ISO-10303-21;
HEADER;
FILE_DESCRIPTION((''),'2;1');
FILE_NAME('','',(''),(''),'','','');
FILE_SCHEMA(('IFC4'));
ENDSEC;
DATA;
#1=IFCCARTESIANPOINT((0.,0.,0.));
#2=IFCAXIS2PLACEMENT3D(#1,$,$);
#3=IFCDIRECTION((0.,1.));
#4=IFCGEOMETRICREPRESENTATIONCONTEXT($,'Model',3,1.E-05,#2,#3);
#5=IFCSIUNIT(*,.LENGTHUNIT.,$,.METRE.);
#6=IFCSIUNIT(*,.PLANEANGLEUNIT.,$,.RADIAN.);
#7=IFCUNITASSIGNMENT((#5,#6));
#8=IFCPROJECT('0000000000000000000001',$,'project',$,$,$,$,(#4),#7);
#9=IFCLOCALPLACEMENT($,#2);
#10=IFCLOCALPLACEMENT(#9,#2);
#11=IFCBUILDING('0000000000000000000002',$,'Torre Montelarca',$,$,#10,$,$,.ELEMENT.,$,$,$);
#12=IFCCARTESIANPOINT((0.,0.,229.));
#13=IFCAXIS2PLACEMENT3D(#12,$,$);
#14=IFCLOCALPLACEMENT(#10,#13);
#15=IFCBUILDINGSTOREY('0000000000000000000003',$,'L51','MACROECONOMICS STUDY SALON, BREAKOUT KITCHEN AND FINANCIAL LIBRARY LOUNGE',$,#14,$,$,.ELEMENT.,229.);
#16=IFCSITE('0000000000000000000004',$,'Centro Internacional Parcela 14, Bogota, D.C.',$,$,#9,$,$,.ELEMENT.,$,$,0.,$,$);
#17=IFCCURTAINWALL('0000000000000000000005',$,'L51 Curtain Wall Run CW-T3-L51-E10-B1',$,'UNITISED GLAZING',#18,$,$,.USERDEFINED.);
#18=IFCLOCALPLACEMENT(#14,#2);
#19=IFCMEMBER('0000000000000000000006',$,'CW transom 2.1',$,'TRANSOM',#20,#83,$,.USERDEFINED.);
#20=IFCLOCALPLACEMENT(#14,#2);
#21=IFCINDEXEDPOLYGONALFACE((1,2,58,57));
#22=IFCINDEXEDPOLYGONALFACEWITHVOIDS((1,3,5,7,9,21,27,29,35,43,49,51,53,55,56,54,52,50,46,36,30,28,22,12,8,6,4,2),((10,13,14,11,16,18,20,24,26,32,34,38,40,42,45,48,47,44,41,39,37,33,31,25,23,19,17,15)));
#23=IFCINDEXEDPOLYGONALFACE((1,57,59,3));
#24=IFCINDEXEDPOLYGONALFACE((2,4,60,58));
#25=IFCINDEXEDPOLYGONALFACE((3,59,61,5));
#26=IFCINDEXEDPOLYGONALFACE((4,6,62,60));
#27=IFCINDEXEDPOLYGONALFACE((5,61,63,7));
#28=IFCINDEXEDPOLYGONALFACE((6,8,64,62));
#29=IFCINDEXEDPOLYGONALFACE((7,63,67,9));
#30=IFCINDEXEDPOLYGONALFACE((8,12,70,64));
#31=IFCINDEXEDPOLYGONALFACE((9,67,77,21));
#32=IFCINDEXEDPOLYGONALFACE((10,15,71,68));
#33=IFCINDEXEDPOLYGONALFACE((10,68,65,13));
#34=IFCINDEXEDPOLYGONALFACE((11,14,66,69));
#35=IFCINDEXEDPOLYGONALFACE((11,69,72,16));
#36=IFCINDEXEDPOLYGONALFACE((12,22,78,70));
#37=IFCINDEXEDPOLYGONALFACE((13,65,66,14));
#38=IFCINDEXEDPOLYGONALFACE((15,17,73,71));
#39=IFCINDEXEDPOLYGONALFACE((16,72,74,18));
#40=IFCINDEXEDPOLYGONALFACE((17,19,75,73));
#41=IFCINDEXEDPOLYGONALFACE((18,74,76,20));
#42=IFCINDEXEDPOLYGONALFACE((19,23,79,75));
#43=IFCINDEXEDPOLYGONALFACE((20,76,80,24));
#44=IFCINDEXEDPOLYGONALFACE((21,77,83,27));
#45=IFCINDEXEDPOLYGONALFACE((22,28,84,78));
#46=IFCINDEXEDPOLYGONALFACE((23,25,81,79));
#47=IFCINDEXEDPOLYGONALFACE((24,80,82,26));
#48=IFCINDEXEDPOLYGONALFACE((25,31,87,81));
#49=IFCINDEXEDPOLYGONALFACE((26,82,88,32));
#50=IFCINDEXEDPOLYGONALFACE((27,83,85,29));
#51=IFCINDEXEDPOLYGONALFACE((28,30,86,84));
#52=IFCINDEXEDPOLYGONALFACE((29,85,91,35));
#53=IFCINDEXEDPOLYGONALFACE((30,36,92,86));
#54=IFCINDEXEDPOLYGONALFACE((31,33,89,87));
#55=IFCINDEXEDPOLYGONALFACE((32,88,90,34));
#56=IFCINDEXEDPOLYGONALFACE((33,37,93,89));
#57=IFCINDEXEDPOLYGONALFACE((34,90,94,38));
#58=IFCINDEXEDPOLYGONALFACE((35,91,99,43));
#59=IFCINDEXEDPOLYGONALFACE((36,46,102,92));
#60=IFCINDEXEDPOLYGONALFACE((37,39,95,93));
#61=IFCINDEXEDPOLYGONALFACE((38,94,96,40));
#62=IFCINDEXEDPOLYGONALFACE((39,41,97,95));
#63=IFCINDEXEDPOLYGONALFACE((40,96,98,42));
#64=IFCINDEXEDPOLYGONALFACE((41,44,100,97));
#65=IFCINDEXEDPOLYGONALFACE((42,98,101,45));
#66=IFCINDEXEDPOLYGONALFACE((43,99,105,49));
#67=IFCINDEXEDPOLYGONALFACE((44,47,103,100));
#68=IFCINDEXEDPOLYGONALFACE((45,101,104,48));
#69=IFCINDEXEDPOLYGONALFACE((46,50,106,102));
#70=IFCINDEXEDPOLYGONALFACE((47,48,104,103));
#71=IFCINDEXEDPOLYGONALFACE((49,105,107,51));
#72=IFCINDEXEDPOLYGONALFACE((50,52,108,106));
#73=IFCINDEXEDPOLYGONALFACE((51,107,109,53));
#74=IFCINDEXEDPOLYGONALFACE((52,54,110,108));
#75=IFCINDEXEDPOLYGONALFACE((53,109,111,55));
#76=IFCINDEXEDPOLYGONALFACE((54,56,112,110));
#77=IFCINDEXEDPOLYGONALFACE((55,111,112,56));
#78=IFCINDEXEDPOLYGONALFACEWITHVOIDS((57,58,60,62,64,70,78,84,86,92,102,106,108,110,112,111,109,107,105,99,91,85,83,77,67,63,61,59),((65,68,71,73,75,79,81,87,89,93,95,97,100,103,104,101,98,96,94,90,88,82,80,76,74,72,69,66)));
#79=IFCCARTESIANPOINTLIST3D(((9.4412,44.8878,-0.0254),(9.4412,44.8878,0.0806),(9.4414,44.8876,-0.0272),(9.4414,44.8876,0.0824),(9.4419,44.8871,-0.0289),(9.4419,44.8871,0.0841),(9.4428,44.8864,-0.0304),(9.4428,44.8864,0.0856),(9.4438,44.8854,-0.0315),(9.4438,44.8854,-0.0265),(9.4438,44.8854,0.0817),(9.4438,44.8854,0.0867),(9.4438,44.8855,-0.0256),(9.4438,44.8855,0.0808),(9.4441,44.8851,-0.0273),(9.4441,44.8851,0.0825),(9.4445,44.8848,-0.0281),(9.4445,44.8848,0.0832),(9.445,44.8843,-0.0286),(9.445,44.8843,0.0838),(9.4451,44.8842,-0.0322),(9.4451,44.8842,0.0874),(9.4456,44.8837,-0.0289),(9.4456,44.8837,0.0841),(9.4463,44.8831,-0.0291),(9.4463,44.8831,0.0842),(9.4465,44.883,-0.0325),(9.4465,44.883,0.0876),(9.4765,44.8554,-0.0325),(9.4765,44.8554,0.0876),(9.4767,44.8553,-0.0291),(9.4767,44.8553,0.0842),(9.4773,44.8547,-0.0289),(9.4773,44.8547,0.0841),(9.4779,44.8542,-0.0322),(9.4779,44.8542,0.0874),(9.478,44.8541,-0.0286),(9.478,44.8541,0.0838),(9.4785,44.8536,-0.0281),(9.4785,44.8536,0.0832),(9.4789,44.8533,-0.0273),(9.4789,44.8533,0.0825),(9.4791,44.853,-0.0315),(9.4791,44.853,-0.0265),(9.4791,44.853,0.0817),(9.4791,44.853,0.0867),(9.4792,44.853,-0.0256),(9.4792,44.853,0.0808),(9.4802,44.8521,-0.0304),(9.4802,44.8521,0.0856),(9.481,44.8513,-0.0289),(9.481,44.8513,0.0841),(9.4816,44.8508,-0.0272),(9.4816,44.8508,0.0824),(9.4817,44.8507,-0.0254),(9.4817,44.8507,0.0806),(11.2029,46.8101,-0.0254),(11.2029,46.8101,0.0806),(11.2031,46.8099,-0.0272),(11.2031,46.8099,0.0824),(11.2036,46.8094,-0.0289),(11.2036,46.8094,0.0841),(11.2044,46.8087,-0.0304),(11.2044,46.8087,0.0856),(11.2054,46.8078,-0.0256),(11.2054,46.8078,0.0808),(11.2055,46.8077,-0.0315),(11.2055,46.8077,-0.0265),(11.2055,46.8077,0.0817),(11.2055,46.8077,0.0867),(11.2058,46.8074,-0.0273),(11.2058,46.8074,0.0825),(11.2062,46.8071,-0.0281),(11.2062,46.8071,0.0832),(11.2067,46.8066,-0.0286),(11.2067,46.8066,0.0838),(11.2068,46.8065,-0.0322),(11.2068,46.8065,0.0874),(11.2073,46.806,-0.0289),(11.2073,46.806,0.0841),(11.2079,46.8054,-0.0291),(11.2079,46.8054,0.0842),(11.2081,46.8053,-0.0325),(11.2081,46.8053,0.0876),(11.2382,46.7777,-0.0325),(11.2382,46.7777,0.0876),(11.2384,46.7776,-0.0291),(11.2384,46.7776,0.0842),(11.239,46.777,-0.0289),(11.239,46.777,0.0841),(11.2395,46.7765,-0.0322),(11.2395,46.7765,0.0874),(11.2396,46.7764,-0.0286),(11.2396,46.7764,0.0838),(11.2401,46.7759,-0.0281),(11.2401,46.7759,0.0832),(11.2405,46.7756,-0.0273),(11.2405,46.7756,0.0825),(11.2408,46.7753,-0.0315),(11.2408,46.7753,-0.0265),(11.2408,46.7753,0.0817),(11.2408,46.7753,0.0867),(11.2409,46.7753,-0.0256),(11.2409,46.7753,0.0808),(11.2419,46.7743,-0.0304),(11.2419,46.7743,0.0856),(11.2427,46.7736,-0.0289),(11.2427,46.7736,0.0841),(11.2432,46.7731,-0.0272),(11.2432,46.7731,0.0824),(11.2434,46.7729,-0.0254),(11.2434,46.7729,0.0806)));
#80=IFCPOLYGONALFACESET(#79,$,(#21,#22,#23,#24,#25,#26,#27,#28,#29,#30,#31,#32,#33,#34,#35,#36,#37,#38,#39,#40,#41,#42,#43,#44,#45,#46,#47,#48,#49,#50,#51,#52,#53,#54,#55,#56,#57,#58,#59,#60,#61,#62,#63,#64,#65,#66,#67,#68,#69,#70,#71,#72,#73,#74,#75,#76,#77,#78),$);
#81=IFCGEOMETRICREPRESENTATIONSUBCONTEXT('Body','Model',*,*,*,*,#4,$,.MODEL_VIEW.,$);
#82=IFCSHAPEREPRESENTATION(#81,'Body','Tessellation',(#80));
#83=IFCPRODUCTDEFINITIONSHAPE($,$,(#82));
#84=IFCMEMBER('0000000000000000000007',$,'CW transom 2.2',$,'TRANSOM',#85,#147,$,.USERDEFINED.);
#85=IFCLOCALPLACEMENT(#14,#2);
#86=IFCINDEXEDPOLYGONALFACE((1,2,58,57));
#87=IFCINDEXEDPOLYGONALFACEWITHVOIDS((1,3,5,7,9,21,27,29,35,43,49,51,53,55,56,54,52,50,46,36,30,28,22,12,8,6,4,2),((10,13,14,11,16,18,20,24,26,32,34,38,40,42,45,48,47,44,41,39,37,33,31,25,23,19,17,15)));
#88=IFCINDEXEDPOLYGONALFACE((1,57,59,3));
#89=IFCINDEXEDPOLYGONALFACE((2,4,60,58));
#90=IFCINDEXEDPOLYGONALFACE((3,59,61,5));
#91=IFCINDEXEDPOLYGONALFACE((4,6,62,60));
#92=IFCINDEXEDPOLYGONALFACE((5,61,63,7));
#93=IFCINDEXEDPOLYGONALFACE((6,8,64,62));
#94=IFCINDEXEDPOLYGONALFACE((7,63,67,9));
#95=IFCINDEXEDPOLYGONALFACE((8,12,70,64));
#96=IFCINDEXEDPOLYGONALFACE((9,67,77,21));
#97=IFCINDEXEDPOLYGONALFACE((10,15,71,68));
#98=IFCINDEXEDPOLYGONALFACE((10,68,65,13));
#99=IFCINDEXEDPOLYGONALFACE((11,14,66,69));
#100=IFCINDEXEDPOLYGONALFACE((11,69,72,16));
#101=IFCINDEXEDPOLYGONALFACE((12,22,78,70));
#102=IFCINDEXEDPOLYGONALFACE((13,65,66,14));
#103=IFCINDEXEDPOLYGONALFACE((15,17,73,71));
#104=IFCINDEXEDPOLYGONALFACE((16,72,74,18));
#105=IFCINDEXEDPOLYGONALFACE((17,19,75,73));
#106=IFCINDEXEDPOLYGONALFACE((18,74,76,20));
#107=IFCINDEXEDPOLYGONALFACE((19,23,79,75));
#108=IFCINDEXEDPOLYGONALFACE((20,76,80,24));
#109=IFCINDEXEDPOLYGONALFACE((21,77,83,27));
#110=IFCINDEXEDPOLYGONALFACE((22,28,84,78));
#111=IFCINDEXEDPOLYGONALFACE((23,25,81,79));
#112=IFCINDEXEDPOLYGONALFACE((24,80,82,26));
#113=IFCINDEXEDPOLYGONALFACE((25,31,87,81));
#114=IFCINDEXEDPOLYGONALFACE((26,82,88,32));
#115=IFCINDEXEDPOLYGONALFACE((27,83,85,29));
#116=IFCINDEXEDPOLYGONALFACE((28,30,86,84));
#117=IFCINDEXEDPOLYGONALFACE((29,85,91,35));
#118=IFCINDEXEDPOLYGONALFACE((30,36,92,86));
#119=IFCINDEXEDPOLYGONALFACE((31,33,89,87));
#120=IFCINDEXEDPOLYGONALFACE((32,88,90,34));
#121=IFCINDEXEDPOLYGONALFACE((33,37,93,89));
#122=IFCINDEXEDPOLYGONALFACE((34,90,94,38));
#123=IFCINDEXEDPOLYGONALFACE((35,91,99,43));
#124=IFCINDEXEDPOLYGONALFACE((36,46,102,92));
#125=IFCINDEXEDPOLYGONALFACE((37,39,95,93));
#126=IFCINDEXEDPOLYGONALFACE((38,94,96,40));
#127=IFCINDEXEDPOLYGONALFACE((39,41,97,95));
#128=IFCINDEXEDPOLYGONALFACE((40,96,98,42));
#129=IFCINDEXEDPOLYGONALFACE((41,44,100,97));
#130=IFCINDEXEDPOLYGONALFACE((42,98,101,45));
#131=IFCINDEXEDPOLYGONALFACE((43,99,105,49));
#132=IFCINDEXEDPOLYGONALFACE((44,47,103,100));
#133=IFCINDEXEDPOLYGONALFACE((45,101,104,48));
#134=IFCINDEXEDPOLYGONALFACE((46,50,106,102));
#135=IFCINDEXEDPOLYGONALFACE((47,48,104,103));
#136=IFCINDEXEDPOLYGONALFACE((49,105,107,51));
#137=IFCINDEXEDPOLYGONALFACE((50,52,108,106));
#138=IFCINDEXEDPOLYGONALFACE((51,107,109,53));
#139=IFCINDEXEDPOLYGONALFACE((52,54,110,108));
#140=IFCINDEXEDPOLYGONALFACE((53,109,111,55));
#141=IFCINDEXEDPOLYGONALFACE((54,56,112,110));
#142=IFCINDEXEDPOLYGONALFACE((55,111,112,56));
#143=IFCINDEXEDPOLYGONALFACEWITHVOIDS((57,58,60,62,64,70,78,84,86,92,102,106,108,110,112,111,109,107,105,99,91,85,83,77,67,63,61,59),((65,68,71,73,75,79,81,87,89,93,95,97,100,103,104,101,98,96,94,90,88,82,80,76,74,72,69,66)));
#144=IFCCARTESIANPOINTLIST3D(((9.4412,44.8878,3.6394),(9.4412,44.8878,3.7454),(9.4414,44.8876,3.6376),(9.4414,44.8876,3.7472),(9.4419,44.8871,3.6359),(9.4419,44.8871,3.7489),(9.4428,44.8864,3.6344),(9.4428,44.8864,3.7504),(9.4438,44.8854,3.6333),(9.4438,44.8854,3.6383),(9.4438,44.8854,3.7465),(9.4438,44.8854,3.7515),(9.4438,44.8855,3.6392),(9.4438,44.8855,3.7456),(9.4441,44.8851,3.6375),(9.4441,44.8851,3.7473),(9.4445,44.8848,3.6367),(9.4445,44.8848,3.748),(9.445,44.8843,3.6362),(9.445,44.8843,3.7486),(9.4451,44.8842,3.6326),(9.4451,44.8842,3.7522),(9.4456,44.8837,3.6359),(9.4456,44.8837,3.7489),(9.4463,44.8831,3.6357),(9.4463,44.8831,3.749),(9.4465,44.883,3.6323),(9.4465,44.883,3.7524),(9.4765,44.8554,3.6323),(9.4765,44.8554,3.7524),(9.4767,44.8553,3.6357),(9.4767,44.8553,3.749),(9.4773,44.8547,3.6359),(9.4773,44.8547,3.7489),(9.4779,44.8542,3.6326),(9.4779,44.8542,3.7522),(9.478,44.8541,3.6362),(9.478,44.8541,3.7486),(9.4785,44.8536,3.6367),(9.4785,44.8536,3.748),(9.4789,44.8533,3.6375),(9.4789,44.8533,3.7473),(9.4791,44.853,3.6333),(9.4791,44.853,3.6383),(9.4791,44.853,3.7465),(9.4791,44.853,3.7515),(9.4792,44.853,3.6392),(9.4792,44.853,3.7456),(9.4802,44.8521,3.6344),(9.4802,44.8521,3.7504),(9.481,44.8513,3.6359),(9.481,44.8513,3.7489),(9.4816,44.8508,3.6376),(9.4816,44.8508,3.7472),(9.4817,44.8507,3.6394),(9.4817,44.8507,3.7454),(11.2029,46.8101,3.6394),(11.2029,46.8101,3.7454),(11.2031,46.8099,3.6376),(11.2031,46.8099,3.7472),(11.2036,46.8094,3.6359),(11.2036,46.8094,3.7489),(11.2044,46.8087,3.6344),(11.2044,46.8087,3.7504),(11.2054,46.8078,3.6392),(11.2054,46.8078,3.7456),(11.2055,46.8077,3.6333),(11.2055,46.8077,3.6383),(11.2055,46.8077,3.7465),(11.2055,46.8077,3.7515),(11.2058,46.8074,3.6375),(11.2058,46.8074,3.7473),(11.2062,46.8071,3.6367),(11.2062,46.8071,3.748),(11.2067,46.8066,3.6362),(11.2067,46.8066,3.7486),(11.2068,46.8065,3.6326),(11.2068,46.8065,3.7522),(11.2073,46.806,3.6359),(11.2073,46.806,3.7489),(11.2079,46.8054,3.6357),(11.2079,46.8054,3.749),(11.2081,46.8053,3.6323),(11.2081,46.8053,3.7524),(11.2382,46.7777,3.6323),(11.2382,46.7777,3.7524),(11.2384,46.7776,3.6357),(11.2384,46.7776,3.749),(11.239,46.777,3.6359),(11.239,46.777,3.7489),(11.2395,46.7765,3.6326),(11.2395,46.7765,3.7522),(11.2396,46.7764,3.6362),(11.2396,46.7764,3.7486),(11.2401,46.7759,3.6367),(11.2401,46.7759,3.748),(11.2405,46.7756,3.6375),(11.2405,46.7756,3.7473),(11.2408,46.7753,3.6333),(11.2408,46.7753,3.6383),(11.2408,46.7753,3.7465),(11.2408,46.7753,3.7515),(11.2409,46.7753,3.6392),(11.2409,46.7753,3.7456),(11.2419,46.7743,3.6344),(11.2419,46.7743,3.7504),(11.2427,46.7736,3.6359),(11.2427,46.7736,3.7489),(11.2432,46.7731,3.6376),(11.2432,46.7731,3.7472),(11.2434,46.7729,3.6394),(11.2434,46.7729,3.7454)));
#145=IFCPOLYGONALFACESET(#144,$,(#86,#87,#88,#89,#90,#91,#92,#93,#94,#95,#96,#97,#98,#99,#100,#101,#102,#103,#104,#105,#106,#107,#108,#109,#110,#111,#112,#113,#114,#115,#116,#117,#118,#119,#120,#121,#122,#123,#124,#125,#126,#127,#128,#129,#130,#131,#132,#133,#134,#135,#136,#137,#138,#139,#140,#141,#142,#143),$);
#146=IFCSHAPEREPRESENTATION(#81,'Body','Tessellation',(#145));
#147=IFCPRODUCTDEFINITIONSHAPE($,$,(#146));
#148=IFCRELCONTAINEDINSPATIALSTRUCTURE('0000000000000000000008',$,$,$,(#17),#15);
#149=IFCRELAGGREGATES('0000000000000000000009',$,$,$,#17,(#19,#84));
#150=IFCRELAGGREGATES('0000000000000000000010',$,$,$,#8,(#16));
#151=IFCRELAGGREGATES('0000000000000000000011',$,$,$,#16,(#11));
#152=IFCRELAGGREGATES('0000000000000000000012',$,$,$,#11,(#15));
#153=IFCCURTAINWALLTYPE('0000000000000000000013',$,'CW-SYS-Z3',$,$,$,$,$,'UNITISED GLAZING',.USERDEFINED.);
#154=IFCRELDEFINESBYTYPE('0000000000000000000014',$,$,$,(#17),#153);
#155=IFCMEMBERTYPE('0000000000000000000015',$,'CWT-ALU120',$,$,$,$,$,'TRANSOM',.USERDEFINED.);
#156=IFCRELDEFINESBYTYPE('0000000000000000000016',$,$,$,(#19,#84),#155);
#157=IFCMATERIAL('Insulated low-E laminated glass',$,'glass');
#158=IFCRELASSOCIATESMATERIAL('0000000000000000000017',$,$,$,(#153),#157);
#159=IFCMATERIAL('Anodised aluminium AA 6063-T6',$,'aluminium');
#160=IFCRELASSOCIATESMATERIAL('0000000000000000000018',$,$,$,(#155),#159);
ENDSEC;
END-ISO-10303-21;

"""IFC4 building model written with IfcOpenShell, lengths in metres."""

from ifc_helpers import new_model, si_unit, direction, frame, origin, origin_2d, place, context, subcontext, project, spatial, hollow_rectangle, extrude, source, transform, mapped, material, material_profile, profile_set, type_object, element, aggregate, save


model = new_model("IFC4")

# Units and contexts
model_context = context("Model", 3, precision=1e-05, world=origin(), true_north=direction((0.0, 1.0)))
body_context = subcontext(model_context, "Body", "Model", "MODEL_VIEW")
ifc_project = project(units=[si_unit("LENGTHUNIT", "METRE"), si_unit("PLANEANGLEUNIT", "RADIAN")], contexts=[model_context])

# Site, building, storey
site_placement = place(None, origin())
site = spatial("IfcSite", under=ifc_project, at=site_placement, Name="Centro Internacional Parcela 14, Bogota, D.C.", CompositionType="ELEMENT", RefElevation=0.0)
building_placement = place(site_placement, origin())
building = spatial("IfcBuilding", under=site, at=building_placement, Name="Torre Montelarca", CompositionType="ELEMENT")
storey_placement = place(building_placement, frame((0.0, 0.0, 229.0)))
storey = spatial("IfcBuildingStorey", under=building, at=storey_placement, Name="L51", Description="MACROECONOMICS STUDY SALON, BREAKOUT KITCHEN AND FINANCIAL LIBRARY LOUNGE", CompositionType="ELEMENT", Elevation=229.0)

# Shared definitions
ifc_material_1 = material(Name="Insulated low-E laminated glass", Category="glass")
curtain_wall_type = type_object("IfcCurtainWallType", Name="CW-SYS-Z3", ElementType="UNITISED GLAZING", PredefinedType="USERDEFINED", material=ifc_material_1)
ifc_material_2 = material(Name="Anodised aluminium AA 6063-T6", Category="aluminium")

# Curtain wall
curtain_wall_1_placement = place(storey_placement, origin())
curtain_wall_1 = element("IfcCurtainWall", 1, at=curtain_wall_1_placement, inside=storey, type_object=curtain_wall_type, Name="L51 Curtain Wall Run CW-T3-L51-E10-B1", ObjectType="UNITISED GLAZING", PredefinedType="USERDEFINED")

# Members
ifc_material_profile_1 = material_profile(ifc_material_2, hollow_rectangle(XDim=0.0549, YDim=0.1201, WallThickness=0.0034, InnerFilletRadius=0.0034, OuterFilletRadius=0.0071, at=origin_2d()), Name="ALU55X120X3.5", Category="aluminium")
ifc_profile_set_1 = profile_set([ifc_material_profile_1], Name="Anodised aluminium AA 6063-T6")
member_type_1 = type_object("IfcMemberType", Name="CWT-ALU120", ElementType="TRANSOM", PredefinedType="USERDEFINED", material=ifc_profile_set_1)
shared_shape_1 = source(origin(), body_context, "Body", "SweptSolid", [
    extrude(hollow_rectangle(XDim=0.0549, YDim=0.1201, WallThickness=0.0034, InnerFilletRadius=0.0034, OuterFilletRadius=0.0071, at=origin_2d()), origin(), (0.0, 0.0, 1.0), 2.6074),
])
member_1_placement = place(storey_placement, frame((11.2231, 46.7915, 0.0276), z_axis=(-0.675631, -0.73724, 0.0), x_axis=(0.73724, -0.675631, 0.0)))
member_1 = element("IfcMember", 2, at=member_1_placement, type_object=member_type_1, Name="CW transom 2.1", ObjectType="TRANSOM", PredefinedType="USERDEFINED", context=body_context, shape_type="MappedRepresentation", body=[
    mapped(shared_shape_1, transform((0.0, 0.0, 0.0), scale=1.0)),
])
member_2_placement = place(storey_placement, frame((11.2231, 46.7915, 3.6924), z_axis=(-0.675631, -0.73724, 0.0), x_axis=(0.73724, -0.675631, 0.0)))
member_2 = element("IfcMember", 3, at=member_2_placement, type_object=member_type_1, Name="CW transom 2.2", ObjectType="TRANSOM", PredefinedType="USERDEFINED", context=body_context, shape_type="MappedRepresentation", body=[
    mapped(shared_shape_1, transform((0.0, 0.0, 0.0), scale=1.0)),
])

aggregate(curtain_wall_1, [member_1, member_2])

save(model, "model.ifc")
